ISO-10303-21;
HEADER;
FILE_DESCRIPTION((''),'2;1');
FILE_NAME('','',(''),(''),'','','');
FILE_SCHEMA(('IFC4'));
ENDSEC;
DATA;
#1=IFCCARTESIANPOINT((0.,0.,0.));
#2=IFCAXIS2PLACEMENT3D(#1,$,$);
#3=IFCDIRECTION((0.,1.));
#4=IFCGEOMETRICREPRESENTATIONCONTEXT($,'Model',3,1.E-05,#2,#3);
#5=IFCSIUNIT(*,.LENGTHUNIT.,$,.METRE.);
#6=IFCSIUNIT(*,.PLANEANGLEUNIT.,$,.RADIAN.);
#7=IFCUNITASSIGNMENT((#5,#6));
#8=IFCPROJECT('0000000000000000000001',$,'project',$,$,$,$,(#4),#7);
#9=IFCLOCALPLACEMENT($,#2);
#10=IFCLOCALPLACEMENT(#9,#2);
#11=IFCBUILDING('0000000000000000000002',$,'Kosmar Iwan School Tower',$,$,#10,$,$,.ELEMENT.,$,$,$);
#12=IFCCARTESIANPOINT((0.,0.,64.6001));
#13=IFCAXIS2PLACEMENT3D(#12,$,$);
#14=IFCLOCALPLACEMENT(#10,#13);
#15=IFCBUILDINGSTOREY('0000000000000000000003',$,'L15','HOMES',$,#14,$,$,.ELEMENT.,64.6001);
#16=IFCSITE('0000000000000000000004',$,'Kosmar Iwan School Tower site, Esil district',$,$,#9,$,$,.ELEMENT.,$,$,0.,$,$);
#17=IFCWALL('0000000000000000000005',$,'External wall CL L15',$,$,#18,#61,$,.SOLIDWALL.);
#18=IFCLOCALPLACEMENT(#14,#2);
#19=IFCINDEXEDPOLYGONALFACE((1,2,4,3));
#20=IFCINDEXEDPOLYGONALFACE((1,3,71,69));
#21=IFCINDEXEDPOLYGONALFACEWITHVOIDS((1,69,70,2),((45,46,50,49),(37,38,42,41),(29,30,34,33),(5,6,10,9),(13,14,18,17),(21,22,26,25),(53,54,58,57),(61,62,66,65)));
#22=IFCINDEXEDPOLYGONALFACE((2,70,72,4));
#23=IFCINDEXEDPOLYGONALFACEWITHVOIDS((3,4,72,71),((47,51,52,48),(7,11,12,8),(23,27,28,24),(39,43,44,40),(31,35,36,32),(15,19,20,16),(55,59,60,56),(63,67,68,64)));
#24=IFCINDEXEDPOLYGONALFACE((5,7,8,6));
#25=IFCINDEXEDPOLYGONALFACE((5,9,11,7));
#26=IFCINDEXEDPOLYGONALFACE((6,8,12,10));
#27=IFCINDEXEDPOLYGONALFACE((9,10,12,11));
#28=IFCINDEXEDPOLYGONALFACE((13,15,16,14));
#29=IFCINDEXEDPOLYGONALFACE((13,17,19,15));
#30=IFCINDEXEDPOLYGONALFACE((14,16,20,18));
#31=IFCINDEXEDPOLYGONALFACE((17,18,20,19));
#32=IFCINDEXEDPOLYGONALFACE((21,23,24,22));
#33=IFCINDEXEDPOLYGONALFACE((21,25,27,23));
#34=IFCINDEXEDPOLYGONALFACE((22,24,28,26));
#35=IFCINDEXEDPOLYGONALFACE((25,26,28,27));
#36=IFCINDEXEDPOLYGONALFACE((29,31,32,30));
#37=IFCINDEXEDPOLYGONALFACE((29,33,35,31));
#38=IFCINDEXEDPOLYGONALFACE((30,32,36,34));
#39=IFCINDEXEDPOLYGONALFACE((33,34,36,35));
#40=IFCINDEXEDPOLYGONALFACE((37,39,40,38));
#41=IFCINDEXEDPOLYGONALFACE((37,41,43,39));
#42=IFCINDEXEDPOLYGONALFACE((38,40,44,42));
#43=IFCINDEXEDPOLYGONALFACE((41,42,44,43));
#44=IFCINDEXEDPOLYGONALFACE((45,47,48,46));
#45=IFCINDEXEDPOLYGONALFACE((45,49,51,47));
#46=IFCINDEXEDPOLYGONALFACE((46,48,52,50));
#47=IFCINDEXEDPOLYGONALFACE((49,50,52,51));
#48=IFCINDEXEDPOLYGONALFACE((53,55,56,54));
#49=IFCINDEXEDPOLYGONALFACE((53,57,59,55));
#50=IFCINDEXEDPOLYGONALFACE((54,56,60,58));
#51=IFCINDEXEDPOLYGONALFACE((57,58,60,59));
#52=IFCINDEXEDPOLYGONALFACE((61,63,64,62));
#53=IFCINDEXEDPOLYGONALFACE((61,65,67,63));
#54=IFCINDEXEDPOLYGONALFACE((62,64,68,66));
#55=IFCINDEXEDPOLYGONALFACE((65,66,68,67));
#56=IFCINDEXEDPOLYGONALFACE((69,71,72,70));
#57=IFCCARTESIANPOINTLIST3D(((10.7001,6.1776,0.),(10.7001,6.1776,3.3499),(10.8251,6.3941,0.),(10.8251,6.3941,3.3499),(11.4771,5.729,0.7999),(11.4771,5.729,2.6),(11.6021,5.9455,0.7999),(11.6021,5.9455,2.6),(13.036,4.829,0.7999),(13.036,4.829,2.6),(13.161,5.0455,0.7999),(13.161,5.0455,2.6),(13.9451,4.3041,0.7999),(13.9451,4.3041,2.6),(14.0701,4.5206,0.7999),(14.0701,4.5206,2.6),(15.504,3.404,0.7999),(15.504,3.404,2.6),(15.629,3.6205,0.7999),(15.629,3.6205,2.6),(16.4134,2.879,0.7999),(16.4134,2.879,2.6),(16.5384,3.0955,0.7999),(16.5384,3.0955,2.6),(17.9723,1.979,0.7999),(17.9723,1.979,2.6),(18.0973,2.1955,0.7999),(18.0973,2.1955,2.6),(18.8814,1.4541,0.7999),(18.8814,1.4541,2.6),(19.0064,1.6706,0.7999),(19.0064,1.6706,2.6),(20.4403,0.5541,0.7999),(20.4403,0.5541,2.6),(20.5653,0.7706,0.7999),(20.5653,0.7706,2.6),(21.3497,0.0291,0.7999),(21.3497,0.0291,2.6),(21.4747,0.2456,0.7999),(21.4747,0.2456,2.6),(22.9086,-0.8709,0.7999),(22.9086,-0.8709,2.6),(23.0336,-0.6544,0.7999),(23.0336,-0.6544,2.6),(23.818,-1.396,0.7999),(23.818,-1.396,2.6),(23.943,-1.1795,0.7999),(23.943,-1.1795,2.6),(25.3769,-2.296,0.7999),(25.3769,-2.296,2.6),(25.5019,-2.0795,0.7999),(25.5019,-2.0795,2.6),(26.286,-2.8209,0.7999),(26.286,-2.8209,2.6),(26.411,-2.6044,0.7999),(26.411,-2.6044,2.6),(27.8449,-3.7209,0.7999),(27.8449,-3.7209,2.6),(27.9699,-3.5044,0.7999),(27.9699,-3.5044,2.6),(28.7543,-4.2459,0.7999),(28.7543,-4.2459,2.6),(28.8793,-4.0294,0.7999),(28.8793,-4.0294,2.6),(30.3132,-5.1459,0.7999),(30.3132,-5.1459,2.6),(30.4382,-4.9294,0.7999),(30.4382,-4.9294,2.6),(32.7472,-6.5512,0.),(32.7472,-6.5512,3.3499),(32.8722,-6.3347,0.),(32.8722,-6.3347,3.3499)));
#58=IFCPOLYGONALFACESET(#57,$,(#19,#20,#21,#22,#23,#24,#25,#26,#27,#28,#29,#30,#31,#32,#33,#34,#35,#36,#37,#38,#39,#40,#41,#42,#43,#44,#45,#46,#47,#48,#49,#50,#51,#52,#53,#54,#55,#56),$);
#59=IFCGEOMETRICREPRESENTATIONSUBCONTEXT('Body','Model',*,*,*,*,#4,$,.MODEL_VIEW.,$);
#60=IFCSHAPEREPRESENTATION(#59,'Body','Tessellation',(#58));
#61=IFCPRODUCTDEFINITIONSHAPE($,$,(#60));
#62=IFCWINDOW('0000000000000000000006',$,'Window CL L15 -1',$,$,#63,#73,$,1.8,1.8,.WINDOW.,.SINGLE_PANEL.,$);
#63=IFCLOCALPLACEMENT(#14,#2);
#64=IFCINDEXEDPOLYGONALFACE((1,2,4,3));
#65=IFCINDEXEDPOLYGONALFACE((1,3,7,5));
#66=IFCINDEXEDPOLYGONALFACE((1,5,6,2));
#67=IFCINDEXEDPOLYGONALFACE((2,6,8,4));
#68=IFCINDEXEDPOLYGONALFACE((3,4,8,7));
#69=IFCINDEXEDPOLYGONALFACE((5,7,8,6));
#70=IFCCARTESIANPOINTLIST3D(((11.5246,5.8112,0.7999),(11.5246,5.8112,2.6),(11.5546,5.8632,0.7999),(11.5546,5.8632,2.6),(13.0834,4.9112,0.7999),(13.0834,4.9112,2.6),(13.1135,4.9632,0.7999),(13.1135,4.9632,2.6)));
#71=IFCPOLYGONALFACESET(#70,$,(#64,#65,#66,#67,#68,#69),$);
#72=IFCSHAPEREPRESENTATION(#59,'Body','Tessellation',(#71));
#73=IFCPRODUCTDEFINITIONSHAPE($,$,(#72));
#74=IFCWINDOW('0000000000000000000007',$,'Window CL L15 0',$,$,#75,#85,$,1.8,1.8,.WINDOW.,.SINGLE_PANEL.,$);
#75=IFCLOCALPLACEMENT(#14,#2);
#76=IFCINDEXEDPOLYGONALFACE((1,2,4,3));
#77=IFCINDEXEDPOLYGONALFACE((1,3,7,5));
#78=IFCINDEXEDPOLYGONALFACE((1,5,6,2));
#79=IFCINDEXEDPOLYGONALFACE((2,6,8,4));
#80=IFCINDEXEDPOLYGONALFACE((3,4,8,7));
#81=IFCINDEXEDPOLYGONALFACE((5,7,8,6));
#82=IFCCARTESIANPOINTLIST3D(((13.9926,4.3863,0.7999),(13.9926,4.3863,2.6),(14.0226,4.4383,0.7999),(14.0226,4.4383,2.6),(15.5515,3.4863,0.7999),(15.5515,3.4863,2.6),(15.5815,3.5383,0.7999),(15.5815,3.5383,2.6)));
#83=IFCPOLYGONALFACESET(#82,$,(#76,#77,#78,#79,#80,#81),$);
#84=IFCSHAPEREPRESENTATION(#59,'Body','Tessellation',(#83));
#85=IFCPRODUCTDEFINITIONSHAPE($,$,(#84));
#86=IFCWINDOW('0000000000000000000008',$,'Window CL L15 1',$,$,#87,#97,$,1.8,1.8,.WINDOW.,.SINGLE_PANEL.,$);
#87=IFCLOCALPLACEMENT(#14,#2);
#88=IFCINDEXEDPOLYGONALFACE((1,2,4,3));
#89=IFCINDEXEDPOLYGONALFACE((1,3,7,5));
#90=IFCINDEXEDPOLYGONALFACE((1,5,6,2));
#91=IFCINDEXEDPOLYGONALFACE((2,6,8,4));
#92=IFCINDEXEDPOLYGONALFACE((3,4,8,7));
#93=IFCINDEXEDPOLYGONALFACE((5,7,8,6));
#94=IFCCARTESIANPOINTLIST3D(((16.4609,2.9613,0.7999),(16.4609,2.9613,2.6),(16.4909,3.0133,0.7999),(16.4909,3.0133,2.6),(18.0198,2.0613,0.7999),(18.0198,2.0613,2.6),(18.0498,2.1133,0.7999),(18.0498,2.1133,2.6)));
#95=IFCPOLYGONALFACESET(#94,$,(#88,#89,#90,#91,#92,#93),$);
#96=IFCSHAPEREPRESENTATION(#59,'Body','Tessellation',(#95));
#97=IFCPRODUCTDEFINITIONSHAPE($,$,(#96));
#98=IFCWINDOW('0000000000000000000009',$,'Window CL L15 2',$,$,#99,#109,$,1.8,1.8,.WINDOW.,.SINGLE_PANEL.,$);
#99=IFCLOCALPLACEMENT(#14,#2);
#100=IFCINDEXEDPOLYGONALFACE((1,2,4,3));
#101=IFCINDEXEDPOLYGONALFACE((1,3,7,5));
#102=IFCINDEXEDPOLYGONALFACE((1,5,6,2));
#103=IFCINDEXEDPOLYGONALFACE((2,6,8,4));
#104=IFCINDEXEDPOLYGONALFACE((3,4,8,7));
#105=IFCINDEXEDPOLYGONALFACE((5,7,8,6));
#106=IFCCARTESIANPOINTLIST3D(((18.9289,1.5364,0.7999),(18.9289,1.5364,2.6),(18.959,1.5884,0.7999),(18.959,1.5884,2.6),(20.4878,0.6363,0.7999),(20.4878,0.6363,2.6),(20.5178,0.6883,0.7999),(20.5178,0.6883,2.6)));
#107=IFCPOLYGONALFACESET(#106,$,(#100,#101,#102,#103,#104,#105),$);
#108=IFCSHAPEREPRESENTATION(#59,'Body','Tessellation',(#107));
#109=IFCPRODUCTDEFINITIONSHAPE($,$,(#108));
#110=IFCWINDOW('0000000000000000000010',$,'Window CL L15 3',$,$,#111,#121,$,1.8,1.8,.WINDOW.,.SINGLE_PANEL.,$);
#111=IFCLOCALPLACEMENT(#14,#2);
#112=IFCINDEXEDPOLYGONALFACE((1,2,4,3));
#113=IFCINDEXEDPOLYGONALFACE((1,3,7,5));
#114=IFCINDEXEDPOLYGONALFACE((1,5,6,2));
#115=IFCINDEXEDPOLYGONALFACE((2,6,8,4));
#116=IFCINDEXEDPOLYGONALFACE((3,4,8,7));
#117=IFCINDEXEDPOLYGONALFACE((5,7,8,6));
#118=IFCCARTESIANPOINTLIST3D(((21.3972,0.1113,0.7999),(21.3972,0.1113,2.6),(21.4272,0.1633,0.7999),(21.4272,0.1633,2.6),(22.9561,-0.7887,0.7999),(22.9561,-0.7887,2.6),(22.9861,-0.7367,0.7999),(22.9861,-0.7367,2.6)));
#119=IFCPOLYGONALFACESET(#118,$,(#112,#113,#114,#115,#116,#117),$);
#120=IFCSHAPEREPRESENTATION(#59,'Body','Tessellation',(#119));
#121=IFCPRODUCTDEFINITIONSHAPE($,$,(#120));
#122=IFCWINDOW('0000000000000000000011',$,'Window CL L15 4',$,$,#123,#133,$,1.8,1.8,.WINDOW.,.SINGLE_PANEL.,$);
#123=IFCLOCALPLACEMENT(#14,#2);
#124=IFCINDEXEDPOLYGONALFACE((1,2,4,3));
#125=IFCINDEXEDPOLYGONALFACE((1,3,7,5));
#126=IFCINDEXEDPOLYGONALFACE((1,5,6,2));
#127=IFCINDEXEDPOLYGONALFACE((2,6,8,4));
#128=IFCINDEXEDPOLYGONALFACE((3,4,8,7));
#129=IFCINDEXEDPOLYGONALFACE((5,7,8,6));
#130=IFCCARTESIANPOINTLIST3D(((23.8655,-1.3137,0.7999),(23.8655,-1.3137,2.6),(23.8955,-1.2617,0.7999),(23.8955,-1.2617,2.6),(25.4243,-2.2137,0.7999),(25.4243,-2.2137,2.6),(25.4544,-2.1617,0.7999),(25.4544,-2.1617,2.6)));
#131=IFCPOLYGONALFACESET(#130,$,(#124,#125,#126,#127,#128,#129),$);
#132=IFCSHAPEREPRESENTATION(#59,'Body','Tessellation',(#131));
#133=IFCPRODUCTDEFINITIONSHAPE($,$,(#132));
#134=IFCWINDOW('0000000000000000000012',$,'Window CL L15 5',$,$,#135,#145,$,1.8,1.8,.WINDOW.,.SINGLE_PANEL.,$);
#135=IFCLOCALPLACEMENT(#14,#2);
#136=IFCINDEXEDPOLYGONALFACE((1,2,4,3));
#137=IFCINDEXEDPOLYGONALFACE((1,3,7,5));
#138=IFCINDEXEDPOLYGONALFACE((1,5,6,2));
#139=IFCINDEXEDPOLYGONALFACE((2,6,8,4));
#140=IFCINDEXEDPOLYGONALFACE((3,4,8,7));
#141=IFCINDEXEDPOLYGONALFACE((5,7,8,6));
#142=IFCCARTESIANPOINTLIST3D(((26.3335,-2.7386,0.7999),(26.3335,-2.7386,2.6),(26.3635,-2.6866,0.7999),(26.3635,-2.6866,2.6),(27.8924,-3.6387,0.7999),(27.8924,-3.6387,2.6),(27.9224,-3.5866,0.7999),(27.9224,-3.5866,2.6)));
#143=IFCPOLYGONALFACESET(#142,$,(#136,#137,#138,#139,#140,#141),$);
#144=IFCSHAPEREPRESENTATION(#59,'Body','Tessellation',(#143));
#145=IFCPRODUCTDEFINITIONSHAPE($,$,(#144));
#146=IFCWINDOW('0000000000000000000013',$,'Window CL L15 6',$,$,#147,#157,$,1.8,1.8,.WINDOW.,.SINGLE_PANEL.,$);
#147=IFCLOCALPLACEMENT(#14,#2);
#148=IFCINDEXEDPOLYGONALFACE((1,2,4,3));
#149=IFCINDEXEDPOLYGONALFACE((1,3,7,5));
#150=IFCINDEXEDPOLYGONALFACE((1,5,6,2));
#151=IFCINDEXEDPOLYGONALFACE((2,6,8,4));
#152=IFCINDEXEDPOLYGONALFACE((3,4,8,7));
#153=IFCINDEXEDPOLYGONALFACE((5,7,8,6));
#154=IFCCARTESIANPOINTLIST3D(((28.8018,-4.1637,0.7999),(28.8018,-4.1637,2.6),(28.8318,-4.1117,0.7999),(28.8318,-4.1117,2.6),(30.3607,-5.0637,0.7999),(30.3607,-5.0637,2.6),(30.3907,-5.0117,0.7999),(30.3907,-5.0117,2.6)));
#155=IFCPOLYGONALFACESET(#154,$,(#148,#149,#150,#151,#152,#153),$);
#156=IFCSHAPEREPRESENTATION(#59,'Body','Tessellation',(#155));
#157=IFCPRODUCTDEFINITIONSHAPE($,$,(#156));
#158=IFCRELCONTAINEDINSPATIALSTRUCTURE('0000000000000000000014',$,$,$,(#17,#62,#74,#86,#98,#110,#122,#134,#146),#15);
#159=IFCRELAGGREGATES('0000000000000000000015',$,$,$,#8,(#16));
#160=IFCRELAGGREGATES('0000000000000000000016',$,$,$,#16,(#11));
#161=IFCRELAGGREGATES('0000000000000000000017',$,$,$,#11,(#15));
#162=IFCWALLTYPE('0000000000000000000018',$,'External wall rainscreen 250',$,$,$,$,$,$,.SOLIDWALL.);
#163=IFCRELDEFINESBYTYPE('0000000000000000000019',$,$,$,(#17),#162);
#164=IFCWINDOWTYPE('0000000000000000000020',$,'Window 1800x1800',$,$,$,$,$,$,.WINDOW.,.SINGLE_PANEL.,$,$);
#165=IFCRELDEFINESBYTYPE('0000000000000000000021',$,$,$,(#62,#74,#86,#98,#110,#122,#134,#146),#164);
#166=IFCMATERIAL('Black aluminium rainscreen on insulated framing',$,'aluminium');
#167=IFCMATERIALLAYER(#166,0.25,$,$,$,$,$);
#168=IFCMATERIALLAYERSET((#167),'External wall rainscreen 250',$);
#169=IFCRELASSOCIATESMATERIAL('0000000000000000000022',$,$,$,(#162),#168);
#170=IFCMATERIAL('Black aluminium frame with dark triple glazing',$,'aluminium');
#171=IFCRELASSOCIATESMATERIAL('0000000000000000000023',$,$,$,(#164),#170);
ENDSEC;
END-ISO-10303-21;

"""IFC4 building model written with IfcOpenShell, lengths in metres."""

from ifc_helpers import new_model, si_unit, direction, frame, frame_2d, origin, place, context, subcontext, project, spatial, rectangle, extrude, material, layer, layer_set, type_object, element, fill, save


model = new_model("IFC4")

# Units and contexts
model_context = context("Model", 3, precision=1e-05, world=origin(), true_north=direction((0.0, 1.0)))
body_context = subcontext(model_context, "Body", "Model", "MODEL_VIEW")
ifc_project = project(units=[si_unit("LENGTHUNIT", "METRE"), si_unit("PLANEANGLEUNIT", "RADIAN")], contexts=[model_context])

# Site, building, storey
site_placement = place(None, origin())
site = spatial("IfcSite", under=ifc_project, at=site_placement, Name="Kosmar Iwan School Tower site, Esil district", CompositionType="ELEMENT", RefElevation=0.0)
building_placement = place(site_placement, origin())
building = spatial("IfcBuilding", under=site, at=building_placement, Name="Kosmar Iwan School Tower", CompositionType="ELEMENT")
storey_placement = place(building_placement, frame((0.0, 0.0, 64.6001)))
storey = spatial("IfcBuildingStorey", under=building, at=storey_placement, Name="L15", Description="HOMES", CompositionType="ELEMENT", Elevation=64.6001)

# Wall, openings, windows
ifc_material_1 = material(Name="Black aluminium rainscreen on insulated framing", Category="aluminium")
ifc_layer = layer(ifc_material_1, 0.25)
ifc_layer_set = layer_set([ifc_layer], Name="External wall rainscreen 250")
wall_type = type_object("IfcWallType", Name="External wall rainscreen 250", PredefinedType="SOLIDWALL", material=ifc_layer_set)
wall_1_placement = place(storey_placement, frame((10.7625, 6.2859, 0.0), z_axis=(0.0, 0.0, 1.0), x_axis=(0.866028, -0.499996, 0.0)))
wall_1 = element("IfcWall", 1, at=wall_1_placement, inside=storey, type_object=wall_type, Name="External wall CL L15", PredefinedType="SOLIDWALL", context=body_context, shape_type="SweptSolid", body=[
    extrude(rectangle(XDim=25.4578, YDim=0.25, at=frame_2d((12.729, 0.0))), origin(), (0.0, 0.0, 1.0), 3.3499),
])
opening_1_placement = place(wall_1_placement, frame((0.8975, 0.0, 0.8)))
opening_1 = element("IfcOpeningElement", 2, at=opening_1_placement, cuts=wall_1, PredefinedType="OPENING", context=body_context, shape_type="SweptSolid", body=[
    extrude(rectangle(XDim=1.8, YDim=1.8, at=frame_2d((0.8999, 0.8999))), frame((0.0, 0.137, 0.0), z_axis=(0.0, -1.0, 0.0), x_axis=(1.0, 0.0, 0.0)), (0.0, 0.0, 1.0), 0.2739),
])
opening_2_placement = place(wall_1_placement, frame((3.7473, 0.0, 0.8)))
opening_2 = element("IfcOpeningElement", 3, at=opening_2_placement, cuts=wall_1, PredefinedType="OPENING", context=body_context, shape_type="SweptSolid", body=[
    extrude(rectangle(XDim=1.8, YDim=1.8, at=frame_2d((0.8999, 0.8999))), frame((0.0, 0.137, 0.0), z_axis=(0.0, -1.0, 0.0), x_axis=(1.0, 0.0, 0.0)), (0.0, 0.0, 1.0), 0.2739),
])
opening_3_placement = place(wall_1_placement, frame((6.5974, 0.0, 0.8)))
opening_3 = element("IfcOpeningElement", 4, at=opening_3_placement, cuts=wall_1, PredefinedType="OPENING", context=body_context, shape_type="SweptSolid", body=[
    extrude(rectangle(XDim=1.8, YDim=1.8, at=frame_2d((0.8999, 0.8999))), frame((0.0, 0.137, 0.0), z_axis=(0.0, -1.0, 0.0), x_axis=(1.0, 0.0, 0.0)), (0.0, 0.0, 1.0), 0.2739),
])
opening_4_placement = place(wall_1_placement, frame((9.4473, 0.0, 0.8)))
opening_4 = element("IfcOpeningElement", 5, at=opening_4_placement, cuts=wall_1, PredefinedType="OPENING", context=body_context, shape_type="SweptSolid", body=[
    extrude(rectangle(XDim=1.8, YDim=1.8, at=frame_2d((0.8999, 0.8999))), frame((0.0, 0.137, 0.0), z_axis=(0.0, -1.0, 0.0), x_axis=(1.0, 0.0, 0.0)), (0.0, 0.0, 1.0), 0.2739),
])
opening_5_placement = place(wall_1_placement, frame((12.2974, 0.0, 0.8)))
opening_5 = element("IfcOpeningElement", 6, at=opening_5_placement, cuts=wall_1, PredefinedType="OPENING", context=body_context, shape_type="SweptSolid", body=[
    extrude(rectangle(XDim=1.8, YDim=1.8, at=frame_2d((0.8999, 0.8999))), frame((0.0, 0.137, 0.0), z_axis=(0.0, -1.0, 0.0), x_axis=(1.0, 0.0, 0.0)), (0.0, 0.0, 1.0), 0.2739),
])
opening_6_placement = place(wall_1_placement, frame((15.1475, 0.0, 0.8)))
opening_6 = element("IfcOpeningElement", 7, at=opening_6_placement, cuts=wall_1, PredefinedType="OPENING", context=body_context, shape_type="SweptSolid", body=[
    extrude(rectangle(XDim=1.8, YDim=1.8, at=frame_2d((0.8999, 0.8999))), frame((0.0, 0.137, 0.0), z_axis=(0.0, -1.0, 0.0), x_axis=(1.0, 0.0, 0.0)), (0.0, 0.0, 1.0), 0.2739),
])
opening_7_placement = place(wall_1_placement, frame((17.9973, 0.0, 0.8)))
opening_7 = element("IfcOpeningElement", 8, at=opening_7_placement, cuts=wall_1, PredefinedType="OPENING", context=body_context, shape_type="SweptSolid", body=[
    extrude(rectangle(XDim=1.8, YDim=1.8, at=frame_2d((0.8999, 0.8999))), frame((0.0, 0.137, 0.0), z_axis=(0.0, -1.0, 0.0), x_axis=(1.0, 0.0, 0.0)), (0.0, 0.0, 1.0), 0.2739),
])
opening_8_placement = place(wall_1_placement, frame((20.8474, 0.0, 0.8)))
opening_8 = element("IfcOpeningElement", 9, at=opening_8_placement, cuts=wall_1, PredefinedType="OPENING", context=body_context, shape_type="SweptSolid", body=[
    extrude(rectangle(XDim=1.8, YDim=1.8, at=frame_2d((0.8999, 0.8999))), frame((0.0, 0.137, 0.0), z_axis=(0.0, -1.0, 0.0), x_axis=(1.0, 0.0, 0.0)), (0.0, 0.0, 1.0), 0.2739),
])
ifc_material_2 = material(Name="Black aluminium frame with dark triple glazing", Category="aluminium")
window_type = type_object("IfcWindowType", Name="Window 1800x1800", PartitioningType="SINGLE_PANEL", PredefinedType="WINDOW", material=ifc_material_2)
window_1_placement = place(opening_1_placement, origin())
window_1 = element("IfcWindow", 10, at=window_1_placement, inside=storey, type_object=window_type, Name="Window CL L15 -1", OverallHeight=1.8, OverallWidth=1.8, PartitioningType="SINGLE_PANEL", PredefinedType="WINDOW", context=body_context, shape_type="SweptSolid", body=[
    extrude(rectangle(XDim=1.8, YDim=1.8, at=frame_2d((0.8999, 0.8999))), frame((0.0, 0.03, 0.0), z_axis=(0.0, -1.0, 0.0), x_axis=(1.0, 0.0, 0.0)), (0.0, 0.0, 1.0), 0.0601),
])
fill(opening_1, window_1)
window_2_placement = place(opening_2_placement, origin())
window_2 = element("IfcWindow", 11, at=window_2_placement, inside=storey, type_object=window_type, Name="Window CL L15 0", OverallHeight=1.8, OverallWidth=1.8, PartitioningType="SINGLE_PANEL", PredefinedType="WINDOW", context=body_context, shape_type="SweptSolid", body=[
    extrude(rectangle(XDim=1.8, YDim=1.8, at=frame_2d((0.8999, 0.8999))), frame((0.0, 0.03, 0.0), z_axis=(0.0, -1.0, 0.0), x_axis=(1.0, 0.0, 0.0)), (0.0, 0.0, 1.0), 0.0601),
])
fill(opening_2, window_2)
window_3_placement = place(opening_3_placement, origin())
window_3 = element("IfcWindow", 12, at=window_3_placement, inside=storey, type_object=window_type, Name="Window CL L15 1", OverallHeight=1.8, OverallWidth=1.8, PartitioningType="SINGLE_PANEL", PredefinedType="WINDOW", context=body_context, shape_type="SweptSolid", body=[
    extrude(rectangle(XDim=1.8, YDim=1.8, at=frame_2d((0.8999, 0.8999))), frame((0.0, 0.03, 0.0), z_axis=(0.0, -1.0, 0.0), x_axis=(1.0, 0.0, 0.0)), (0.0, 0.0, 1.0), 0.0601),
])
fill(opening_3, window_3)
window_4_placement = place(opening_4_placement, origin())
window_4 = element("IfcWindow", 13, at=window_4_placement, inside=storey, type_object=window_type, Name="Window CL L15 2", OverallHeight=1.8, OverallWidth=1.8, PartitioningType="SINGLE_PANEL", PredefinedType="WINDOW", context=body_context, shape_type="SweptSolid", body=[
    extrude(rectangle(XDim=1.8, YDim=1.8, at=frame_2d((0.8999, 0.8999))), frame((0.0, 0.03, 0.0), z_axis=(0.0, -1.0, 0.0), x_axis=(1.0, 0.0, 0.0)), (0.0, 0.0, 1.0), 0.0601),
])
fill(opening_4, window_4)
window_5_placement = place(opening_5_placement, origin())
window_5 = element("IfcWindow", 14, at=window_5_placement, inside=storey, type_object=window_type, Name="Window CL L15 3", OverallHeight=1.8, OverallWidth=1.8, PartitioningType="SINGLE_PANEL", PredefinedType="WINDOW", context=body_context, shape_type="SweptSolid", body=[
    extrude(rectangle(XDim=1.8, YDim=1.8, at=frame_2d((0.8999, 0.8999))), frame((0.0, 0.03, 0.0), z_axis=(0.0, -1.0, 0.0), x_axis=(1.0, 0.0, 0.0)), (0.0, 0.0, 1.0), 0.0601),
])
fill(opening_5, window_5)
window_6_placement = place(opening_6_placement, origin())
window_6 = element("IfcWindow", 15, at=window_6_placement, inside=storey, type_object=window_type, Name="Window CL L15 4", OverallHeight=1.8, OverallWidth=1.8, PartitioningType="SINGLE_PANEL", PredefinedType="WINDOW", context=body_context, shape_type="SweptSolid", body=[
    extrude(rectangle(XDim=1.8, YDim=1.8, at=frame_2d((0.8999, 0.8999))), frame((0.0, 0.03, 0.0), z_axis=(0.0, -1.0, 0.0), x_axis=(1.0, 0.0, 0.0)), (0.0, 0.0, 1.0), 0.0601),
])
fill(opening_6, window_6)
window_7_placement = place(opening_7_placement, origin())
window_7 = element("IfcWindow", 16, at=window_7_placement, inside=storey, type_object=window_type, Name="Window CL L15 5", OverallHeight=1.8, OverallWidth=1.8, PartitioningType="SINGLE_PANEL", PredefinedType="WINDOW", context=body_context, shape_type="SweptSolid", body=[
    extrude(rectangle(XDim=1.8, YDim=1.8, at=frame_2d((0.8999, 0.8999))), frame((0.0, 0.03, 0.0), z_axis=(0.0, -1.0, 0.0), x_axis=(1.0, 0.0, 0.0)), (0.0, 0.0, 1.0), 0.0601),
])
fill(opening_7, window_7)
window_8_placement = place(opening_8_placement, origin())
window_8 = element("IfcWindow", 17, at=window_8_placement, inside=storey, type_object=window_type, Name="Window CL L15 6", OverallHeight=1.8, OverallWidth=1.8, PartitioningType="SINGLE_PANEL", PredefinedType="WINDOW", context=body_context, shape_type="SweptSolid", body=[
    extrude(rectangle(XDim=1.8, YDim=1.8, at=frame_2d((0.8999, 0.8999))), frame((0.0, 0.03, 0.0), z_axis=(0.0, -1.0, 0.0), x_axis=(1.0, 0.0, 0.0)), (0.0, 0.0, 1.0), 0.0601),
])
fill(opening_8, window_8)

save(model, "model.ifc")
